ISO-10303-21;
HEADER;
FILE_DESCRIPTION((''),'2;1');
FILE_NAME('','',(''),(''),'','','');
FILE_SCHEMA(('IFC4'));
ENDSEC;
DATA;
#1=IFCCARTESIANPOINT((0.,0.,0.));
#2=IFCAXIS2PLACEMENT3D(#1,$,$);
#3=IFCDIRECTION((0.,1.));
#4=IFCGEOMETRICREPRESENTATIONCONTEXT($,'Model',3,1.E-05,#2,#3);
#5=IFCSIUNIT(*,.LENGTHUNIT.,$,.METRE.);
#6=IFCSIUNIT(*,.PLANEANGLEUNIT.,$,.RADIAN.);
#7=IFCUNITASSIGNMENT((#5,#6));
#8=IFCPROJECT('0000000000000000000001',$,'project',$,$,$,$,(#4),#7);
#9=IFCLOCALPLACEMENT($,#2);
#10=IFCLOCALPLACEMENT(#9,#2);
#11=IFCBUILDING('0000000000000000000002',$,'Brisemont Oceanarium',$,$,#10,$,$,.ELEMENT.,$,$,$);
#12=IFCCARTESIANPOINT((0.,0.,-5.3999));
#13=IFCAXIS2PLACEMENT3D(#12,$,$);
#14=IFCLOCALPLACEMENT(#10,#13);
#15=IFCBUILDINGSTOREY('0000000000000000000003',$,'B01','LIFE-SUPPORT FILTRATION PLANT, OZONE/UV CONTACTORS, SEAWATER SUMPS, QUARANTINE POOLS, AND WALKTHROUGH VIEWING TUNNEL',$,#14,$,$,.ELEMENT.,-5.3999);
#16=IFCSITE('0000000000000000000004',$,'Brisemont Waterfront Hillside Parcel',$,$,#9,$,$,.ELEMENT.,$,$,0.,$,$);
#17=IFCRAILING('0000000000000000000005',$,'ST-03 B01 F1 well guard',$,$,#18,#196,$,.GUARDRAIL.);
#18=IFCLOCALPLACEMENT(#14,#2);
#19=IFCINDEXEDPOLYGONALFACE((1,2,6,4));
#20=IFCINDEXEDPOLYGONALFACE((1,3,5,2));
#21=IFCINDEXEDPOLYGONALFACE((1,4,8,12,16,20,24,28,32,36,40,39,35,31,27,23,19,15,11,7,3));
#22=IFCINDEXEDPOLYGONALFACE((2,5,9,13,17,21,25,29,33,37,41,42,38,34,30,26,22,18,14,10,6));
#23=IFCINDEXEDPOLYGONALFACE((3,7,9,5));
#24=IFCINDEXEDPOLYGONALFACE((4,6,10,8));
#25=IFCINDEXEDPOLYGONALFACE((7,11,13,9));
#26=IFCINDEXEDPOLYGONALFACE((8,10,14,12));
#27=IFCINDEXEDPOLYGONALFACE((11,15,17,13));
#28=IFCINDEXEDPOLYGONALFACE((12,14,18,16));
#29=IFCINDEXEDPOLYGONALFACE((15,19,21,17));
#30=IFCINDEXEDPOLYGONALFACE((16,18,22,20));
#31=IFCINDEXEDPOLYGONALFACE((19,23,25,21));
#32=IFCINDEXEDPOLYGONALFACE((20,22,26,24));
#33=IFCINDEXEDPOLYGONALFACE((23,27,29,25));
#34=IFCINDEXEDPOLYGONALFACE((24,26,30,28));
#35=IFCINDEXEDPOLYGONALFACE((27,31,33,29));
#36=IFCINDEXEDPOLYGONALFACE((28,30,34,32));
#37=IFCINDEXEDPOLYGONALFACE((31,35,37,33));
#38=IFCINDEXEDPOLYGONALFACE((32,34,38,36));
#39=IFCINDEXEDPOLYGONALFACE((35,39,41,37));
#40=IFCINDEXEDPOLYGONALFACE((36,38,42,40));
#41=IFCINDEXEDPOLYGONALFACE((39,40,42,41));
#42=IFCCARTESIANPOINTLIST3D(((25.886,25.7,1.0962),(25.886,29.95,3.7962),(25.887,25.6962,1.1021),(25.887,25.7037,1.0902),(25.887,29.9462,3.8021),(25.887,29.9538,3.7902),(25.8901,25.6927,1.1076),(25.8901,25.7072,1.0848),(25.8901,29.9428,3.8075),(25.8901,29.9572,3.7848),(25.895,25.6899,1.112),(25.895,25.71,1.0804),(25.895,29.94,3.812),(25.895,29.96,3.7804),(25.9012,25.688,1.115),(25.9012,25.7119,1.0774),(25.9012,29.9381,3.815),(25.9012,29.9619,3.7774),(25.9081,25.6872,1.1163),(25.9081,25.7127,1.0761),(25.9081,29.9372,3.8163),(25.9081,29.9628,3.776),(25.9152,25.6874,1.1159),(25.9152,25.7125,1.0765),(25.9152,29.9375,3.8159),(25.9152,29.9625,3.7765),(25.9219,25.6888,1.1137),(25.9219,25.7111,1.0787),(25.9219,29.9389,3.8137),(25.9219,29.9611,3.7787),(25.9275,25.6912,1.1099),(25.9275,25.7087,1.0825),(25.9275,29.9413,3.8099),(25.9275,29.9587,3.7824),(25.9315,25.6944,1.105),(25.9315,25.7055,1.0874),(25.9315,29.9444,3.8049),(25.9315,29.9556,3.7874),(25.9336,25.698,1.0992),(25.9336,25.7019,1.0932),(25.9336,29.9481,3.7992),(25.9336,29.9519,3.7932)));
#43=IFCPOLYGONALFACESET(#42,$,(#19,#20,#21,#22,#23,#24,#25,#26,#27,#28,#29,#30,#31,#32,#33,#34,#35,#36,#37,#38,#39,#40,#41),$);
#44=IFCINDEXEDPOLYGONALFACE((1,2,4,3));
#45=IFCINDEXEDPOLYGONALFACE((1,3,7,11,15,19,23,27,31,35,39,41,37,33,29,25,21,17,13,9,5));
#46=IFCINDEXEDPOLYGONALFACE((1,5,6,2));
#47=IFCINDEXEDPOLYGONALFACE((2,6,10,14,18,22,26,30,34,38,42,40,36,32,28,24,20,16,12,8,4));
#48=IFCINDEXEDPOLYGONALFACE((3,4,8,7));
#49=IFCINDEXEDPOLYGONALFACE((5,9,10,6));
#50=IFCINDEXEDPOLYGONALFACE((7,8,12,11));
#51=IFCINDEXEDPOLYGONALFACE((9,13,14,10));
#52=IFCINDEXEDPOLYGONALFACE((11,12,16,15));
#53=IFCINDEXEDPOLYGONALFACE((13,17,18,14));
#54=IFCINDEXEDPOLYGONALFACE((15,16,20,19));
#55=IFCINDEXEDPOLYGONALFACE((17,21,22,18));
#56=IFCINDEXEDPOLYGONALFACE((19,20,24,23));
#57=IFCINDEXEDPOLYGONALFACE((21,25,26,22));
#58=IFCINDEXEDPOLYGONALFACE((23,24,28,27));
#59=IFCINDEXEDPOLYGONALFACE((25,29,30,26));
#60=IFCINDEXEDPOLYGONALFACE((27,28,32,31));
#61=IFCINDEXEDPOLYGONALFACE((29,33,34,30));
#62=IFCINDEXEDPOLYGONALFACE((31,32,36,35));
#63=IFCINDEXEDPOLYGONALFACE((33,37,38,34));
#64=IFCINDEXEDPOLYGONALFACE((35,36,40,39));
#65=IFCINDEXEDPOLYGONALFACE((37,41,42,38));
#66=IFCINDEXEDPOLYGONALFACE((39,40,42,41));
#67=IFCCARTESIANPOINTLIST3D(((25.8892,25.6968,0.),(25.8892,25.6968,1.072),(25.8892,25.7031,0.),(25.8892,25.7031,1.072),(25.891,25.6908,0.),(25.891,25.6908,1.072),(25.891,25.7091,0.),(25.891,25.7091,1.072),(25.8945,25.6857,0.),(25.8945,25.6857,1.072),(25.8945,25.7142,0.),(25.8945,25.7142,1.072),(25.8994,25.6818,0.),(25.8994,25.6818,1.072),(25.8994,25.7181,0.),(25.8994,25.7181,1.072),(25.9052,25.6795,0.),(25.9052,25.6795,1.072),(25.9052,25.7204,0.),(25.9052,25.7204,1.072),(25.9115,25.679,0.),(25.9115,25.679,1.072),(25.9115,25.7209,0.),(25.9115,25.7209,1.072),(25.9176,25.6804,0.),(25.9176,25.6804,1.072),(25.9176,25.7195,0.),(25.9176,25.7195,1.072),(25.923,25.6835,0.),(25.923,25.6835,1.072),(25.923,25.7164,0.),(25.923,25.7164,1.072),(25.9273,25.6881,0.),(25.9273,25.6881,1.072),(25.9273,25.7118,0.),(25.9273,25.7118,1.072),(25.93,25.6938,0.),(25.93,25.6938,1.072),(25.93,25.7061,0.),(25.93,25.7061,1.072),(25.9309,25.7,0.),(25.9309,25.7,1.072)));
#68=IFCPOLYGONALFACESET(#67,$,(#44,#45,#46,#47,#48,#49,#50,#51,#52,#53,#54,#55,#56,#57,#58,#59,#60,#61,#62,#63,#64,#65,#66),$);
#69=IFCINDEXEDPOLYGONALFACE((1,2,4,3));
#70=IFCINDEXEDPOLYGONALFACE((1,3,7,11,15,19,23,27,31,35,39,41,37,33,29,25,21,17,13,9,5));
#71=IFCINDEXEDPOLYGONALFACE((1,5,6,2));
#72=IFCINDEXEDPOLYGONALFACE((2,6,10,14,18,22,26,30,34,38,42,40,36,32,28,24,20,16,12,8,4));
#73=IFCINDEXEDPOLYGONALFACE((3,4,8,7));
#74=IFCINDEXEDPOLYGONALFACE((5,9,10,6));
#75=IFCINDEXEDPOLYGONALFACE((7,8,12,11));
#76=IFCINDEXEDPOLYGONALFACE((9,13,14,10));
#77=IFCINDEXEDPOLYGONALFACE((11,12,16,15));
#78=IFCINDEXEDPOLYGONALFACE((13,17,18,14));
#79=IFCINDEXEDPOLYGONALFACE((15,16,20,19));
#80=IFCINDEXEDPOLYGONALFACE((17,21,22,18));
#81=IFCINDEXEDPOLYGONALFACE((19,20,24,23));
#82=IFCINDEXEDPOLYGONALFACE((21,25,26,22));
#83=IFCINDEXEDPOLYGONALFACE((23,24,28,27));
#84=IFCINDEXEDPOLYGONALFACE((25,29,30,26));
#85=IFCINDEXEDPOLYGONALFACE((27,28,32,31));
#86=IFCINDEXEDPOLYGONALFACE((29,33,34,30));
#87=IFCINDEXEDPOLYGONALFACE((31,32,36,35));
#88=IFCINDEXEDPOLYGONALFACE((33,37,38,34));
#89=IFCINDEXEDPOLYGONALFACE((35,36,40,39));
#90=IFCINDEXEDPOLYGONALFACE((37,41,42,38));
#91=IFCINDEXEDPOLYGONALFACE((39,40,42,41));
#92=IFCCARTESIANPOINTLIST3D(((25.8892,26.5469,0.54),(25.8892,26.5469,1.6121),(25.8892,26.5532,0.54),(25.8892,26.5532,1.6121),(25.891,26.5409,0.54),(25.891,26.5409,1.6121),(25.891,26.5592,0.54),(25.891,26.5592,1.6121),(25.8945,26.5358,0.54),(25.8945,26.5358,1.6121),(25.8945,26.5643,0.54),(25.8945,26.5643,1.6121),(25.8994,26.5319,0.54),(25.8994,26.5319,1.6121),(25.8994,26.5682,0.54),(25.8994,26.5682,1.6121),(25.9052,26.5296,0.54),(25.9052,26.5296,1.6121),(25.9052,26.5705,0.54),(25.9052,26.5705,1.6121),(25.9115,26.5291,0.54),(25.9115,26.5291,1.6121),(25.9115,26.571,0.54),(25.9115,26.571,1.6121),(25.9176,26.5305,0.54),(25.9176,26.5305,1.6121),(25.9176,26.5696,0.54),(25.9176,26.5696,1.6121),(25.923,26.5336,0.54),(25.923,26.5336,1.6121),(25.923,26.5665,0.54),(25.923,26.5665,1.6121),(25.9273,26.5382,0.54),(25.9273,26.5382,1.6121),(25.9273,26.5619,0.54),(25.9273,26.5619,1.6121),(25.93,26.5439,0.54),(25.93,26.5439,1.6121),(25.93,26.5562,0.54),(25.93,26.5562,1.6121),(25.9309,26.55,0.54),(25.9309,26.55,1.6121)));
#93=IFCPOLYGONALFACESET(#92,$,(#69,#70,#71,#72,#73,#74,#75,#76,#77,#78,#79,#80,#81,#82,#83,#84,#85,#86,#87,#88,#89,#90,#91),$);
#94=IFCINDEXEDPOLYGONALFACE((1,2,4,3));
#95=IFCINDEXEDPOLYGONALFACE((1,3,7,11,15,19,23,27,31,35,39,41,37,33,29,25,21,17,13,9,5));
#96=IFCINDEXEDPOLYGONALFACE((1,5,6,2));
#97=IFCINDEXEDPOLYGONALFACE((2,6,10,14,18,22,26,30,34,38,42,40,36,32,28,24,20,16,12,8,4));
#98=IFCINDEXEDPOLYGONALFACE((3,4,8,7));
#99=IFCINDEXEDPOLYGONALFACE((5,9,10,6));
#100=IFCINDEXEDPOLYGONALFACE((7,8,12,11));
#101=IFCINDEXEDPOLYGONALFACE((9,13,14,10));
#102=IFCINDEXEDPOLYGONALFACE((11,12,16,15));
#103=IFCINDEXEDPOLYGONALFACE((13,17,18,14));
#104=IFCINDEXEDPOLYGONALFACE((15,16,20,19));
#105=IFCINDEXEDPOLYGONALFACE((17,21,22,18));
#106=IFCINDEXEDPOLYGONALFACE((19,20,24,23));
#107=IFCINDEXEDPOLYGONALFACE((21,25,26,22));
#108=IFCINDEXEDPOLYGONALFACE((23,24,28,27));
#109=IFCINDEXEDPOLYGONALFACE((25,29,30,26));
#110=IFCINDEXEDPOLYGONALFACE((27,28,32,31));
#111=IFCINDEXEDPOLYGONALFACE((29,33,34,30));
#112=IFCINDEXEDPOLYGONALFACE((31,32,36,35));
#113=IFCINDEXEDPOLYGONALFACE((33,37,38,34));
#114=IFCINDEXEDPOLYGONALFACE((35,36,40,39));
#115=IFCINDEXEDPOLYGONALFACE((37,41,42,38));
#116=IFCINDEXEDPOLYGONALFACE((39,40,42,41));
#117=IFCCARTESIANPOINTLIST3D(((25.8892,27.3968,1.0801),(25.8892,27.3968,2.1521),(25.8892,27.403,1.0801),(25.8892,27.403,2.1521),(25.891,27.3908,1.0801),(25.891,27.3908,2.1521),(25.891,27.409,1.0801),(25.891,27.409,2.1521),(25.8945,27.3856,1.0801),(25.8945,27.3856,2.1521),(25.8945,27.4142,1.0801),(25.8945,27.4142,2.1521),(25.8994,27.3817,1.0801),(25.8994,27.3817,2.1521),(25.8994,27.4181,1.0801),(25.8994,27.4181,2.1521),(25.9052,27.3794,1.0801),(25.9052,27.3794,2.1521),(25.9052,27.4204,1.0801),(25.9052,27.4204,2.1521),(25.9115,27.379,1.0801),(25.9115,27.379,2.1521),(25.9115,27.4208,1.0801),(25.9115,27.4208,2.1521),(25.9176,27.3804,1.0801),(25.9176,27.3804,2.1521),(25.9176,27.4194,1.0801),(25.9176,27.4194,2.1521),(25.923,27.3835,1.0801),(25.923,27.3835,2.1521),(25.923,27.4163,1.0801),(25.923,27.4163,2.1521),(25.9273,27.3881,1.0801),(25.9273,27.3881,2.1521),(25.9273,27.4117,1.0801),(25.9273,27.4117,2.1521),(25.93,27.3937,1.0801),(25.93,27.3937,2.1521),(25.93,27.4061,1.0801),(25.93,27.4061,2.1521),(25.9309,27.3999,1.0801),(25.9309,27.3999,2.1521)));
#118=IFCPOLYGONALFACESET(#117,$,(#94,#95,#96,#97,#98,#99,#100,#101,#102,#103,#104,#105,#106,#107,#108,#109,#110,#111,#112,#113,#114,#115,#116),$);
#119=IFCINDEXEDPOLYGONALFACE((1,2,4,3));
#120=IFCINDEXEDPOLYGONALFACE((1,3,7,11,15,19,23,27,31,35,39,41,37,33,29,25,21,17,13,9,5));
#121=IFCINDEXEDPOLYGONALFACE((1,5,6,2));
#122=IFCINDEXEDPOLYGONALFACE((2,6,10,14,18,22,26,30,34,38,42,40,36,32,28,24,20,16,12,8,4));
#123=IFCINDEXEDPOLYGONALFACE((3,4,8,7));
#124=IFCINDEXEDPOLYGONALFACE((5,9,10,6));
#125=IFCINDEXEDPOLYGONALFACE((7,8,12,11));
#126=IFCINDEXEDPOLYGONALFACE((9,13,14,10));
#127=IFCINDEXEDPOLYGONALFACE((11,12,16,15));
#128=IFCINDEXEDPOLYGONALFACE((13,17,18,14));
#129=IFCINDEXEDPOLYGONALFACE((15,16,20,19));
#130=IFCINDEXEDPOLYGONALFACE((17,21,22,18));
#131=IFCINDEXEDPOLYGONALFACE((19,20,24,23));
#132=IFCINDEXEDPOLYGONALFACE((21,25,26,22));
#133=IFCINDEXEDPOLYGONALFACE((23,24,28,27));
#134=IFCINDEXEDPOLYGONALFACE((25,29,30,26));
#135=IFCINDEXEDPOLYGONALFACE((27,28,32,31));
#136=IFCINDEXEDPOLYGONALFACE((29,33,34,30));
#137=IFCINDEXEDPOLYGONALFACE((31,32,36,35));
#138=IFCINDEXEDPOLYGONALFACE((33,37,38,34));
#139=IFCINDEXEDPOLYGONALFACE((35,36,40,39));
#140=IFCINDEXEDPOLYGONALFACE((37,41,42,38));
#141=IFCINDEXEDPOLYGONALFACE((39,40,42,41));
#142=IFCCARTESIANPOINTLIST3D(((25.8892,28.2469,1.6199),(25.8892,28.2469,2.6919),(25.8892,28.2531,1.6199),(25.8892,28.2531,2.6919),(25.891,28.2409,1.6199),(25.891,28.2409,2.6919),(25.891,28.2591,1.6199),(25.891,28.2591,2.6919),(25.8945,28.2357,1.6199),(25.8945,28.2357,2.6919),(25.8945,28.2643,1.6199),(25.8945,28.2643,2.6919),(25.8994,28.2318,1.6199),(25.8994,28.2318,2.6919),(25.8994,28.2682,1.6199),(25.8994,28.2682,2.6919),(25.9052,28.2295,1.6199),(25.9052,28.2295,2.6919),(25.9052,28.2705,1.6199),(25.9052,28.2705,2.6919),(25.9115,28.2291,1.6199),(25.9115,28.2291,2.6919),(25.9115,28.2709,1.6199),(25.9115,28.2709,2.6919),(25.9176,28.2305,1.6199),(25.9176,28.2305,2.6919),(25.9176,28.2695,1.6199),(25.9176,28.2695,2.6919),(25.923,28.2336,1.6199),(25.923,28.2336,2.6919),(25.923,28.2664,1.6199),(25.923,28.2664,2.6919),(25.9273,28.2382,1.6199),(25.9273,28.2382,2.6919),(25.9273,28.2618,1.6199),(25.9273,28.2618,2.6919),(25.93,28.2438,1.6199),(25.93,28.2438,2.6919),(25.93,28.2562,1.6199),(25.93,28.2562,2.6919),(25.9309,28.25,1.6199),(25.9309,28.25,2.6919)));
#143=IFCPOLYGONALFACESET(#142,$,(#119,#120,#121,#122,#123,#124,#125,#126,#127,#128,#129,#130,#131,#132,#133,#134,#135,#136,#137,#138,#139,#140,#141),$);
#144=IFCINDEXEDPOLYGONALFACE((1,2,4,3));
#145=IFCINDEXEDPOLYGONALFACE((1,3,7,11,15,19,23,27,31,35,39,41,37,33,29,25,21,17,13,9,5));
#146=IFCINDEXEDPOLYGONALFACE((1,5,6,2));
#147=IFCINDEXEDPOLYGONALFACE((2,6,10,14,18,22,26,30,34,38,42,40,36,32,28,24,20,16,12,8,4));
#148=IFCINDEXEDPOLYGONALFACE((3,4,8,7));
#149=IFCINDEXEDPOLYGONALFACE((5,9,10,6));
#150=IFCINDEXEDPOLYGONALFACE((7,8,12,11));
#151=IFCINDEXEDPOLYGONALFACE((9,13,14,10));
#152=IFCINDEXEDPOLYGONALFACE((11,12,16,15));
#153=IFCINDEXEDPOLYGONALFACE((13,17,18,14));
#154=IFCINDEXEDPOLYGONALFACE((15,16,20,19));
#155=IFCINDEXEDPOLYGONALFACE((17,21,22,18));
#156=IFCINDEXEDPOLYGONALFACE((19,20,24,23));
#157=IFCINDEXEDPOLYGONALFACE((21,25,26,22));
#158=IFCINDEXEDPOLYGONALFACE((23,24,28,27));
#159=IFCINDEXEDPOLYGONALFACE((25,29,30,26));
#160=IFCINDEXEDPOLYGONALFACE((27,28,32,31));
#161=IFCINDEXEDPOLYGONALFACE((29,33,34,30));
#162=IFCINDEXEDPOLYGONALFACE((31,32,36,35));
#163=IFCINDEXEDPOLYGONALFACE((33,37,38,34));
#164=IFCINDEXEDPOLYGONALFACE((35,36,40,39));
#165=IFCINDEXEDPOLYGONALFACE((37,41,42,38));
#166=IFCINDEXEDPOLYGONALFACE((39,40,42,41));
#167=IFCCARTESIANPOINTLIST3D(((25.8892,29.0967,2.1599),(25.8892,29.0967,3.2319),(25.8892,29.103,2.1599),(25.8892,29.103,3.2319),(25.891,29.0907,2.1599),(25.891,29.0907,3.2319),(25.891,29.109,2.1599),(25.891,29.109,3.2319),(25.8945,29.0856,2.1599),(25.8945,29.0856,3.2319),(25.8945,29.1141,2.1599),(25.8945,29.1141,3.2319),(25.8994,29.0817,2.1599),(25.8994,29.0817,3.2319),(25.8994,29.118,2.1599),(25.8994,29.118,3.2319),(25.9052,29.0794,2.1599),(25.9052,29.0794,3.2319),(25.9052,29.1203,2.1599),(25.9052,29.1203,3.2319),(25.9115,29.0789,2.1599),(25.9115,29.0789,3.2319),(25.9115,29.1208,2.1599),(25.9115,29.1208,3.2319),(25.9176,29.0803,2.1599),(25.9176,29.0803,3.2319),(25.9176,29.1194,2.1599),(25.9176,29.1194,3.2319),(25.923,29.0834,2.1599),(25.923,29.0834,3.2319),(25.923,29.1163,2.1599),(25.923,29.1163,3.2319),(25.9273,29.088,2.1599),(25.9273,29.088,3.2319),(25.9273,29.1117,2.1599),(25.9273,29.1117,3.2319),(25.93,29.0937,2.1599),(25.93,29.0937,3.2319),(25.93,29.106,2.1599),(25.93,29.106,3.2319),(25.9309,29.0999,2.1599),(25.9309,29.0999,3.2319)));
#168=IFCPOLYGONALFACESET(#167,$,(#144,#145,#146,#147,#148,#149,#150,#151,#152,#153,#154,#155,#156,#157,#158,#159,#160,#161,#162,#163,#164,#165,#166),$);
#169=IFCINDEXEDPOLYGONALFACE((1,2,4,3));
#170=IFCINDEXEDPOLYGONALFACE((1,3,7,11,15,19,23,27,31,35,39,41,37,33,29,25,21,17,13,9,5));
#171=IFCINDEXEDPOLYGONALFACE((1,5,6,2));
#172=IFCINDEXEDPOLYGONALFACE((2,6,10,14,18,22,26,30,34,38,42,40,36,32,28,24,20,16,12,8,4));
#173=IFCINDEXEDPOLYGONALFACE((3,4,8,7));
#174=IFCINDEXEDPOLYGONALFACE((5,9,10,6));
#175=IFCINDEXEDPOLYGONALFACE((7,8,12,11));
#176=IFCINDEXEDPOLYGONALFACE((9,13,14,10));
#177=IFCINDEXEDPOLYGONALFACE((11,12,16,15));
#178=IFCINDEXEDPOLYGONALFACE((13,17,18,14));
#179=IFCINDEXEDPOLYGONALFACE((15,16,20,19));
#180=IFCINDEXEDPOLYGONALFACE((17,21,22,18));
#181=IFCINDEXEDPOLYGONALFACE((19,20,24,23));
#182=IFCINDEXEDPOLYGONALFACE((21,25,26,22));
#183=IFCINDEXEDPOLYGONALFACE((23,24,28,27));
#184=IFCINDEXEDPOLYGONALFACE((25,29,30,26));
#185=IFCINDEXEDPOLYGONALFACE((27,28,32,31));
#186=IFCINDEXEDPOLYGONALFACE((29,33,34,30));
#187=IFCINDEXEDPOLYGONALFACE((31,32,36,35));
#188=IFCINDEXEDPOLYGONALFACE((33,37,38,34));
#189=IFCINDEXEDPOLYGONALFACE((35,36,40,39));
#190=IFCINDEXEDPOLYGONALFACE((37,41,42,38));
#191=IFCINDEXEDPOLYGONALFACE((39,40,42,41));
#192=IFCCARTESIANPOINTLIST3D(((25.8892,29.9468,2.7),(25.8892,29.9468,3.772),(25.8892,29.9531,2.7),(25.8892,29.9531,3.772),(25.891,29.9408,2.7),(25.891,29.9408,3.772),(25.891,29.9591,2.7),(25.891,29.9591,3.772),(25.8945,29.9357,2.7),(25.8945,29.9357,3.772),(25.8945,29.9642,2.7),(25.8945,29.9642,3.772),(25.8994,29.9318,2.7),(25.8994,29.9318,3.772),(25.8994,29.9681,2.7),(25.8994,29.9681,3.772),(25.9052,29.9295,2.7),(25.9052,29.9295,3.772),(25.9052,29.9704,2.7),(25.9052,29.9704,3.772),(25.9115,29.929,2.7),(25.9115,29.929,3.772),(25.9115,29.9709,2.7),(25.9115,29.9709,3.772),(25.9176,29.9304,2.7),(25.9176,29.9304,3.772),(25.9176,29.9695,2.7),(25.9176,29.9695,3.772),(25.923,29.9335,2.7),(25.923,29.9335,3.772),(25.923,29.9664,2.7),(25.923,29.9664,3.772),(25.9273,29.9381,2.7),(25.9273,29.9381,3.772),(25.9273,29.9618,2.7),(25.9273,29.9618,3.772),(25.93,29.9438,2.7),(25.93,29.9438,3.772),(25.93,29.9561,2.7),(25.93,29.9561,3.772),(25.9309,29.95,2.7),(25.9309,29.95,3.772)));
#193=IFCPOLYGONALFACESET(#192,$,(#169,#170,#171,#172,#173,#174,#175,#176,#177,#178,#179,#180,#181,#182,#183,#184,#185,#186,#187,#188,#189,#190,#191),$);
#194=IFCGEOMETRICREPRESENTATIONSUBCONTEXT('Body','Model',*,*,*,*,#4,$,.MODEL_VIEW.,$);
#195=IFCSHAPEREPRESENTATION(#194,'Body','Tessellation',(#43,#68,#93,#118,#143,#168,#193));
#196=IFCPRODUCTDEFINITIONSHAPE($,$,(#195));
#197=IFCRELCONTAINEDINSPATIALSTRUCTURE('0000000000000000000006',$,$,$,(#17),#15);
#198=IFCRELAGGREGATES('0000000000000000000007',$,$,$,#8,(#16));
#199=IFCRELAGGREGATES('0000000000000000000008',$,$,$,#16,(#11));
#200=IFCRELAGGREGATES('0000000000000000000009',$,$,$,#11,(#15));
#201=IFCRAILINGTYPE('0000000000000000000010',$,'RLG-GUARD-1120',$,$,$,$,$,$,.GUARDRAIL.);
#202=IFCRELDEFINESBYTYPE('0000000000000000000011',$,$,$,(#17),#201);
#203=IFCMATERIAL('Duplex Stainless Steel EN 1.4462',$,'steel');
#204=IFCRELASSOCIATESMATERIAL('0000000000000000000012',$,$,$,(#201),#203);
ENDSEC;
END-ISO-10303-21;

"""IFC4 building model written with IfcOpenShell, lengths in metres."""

from ifc_helpers import new_model, si_unit, direction, frame, origin, origin_2d, place, context, subcontext, project, spatial, circle, extrude, material, type_object, element, save


model = new_model("IFC4")

# Units and contexts
model_context = context("Model", 3, precision=1e-05, world=origin(), true_north=direction((0.0, 1.0)))
body_context = subcontext(model_context, "Body", "Model", "MODEL_VIEW")
ifc_project = project(units=[si_unit("LENGTHUNIT", "METRE"), si_unit("PLANEANGLEUNIT", "RADIAN")], contexts=[model_context])

# Site, building, storey
site_placement = place(None, origin())
site = spatial("IfcSite", under=ifc_project, at=site_placement, Name="Brisemont Waterfront Hillside Parcel", CompositionType="ELEMENT", RefElevation=0.0)
building_placement = place(site_placement, origin())
building = spatial("IfcBuilding", under=site, at=building_placement, Name="Brisemont Oceanarium", CompositionType="ELEMENT")
storey_placement = place(building_placement, frame((0.0, 0.0, -5.3999)))
storey = spatial("IfcBuildingStorey", under=building, at=storey_placement, Name="B01", Description="LIFE-SUPPORT FILTRATION PLANT, OZONE/UV CONTACTORS, SEAWATER SUMPS, QUARANTINE POOLS, AND WALKTHROUGH VIEWING TUNNEL", CompositionType="ELEMENT", Elevation=-5.3999)

# Railing
ifc_material_1 = material(Name="Duplex Stainless Steel EN 1.4462", Category="steel")
railing_type_1 = type_object("IfcRailingType", Name="RLG-GUARD-1120", PredefinedType="GUARDRAIL", material=ifc_material_1)
railing_1_placement = place(storey_placement, frame((25.9099, 25.7, 0.0)))
element("IfcRailing", 1, at=railing_1_placement, inside=storey, type_object=railing_type_1, Name="ST-03 B01 F1 well guard", PredefinedType="GUARDRAIL", context=body_context, shape_type="SweptSolid", body=[
    extrude(circle(Radius=0.0239, at=origin_2d()), frame((0.0, 0.0, 1.0962), z_axis=(0.0, 0.844075, 0.536226), x_axis=(-1.0, 0.0, 0.0)), (0.0, 0.0, 1.0), 5.0352),
    extrude(circle(Radius=0.021, at=origin_2d()), origin(), (0.0, 0.0, 1.0), 1.072),
    extrude(circle(Radius=0.021, at=origin_2d()), frame((0.0, 0.8501, 0.54)), (0.0, 0.0, 1.0), 1.072),
    extrude(circle(Radius=0.021, at=origin_2d()), frame((0.0, 1.7, 1.0801)), (0.0, 0.0, 1.0), 1.072),
    extrude(circle(Radius=0.021, at=origin_2d()), frame((0.0, 2.55, 1.6199)), (0.0, 0.0, 1.0), 1.072),
    extrude(circle(Radius=0.021, at=origin_2d()), frame((0.0, 3.3999, 2.1599)), (0.0, 0.0, 1.0), 1.072),
    extrude(circle(Radius=0.021, at=origin_2d()), frame((0.0, 4.25, 2.7)), (0.0, 0.0, 1.0), 1.072),
])

save(model, "model.ifc")
